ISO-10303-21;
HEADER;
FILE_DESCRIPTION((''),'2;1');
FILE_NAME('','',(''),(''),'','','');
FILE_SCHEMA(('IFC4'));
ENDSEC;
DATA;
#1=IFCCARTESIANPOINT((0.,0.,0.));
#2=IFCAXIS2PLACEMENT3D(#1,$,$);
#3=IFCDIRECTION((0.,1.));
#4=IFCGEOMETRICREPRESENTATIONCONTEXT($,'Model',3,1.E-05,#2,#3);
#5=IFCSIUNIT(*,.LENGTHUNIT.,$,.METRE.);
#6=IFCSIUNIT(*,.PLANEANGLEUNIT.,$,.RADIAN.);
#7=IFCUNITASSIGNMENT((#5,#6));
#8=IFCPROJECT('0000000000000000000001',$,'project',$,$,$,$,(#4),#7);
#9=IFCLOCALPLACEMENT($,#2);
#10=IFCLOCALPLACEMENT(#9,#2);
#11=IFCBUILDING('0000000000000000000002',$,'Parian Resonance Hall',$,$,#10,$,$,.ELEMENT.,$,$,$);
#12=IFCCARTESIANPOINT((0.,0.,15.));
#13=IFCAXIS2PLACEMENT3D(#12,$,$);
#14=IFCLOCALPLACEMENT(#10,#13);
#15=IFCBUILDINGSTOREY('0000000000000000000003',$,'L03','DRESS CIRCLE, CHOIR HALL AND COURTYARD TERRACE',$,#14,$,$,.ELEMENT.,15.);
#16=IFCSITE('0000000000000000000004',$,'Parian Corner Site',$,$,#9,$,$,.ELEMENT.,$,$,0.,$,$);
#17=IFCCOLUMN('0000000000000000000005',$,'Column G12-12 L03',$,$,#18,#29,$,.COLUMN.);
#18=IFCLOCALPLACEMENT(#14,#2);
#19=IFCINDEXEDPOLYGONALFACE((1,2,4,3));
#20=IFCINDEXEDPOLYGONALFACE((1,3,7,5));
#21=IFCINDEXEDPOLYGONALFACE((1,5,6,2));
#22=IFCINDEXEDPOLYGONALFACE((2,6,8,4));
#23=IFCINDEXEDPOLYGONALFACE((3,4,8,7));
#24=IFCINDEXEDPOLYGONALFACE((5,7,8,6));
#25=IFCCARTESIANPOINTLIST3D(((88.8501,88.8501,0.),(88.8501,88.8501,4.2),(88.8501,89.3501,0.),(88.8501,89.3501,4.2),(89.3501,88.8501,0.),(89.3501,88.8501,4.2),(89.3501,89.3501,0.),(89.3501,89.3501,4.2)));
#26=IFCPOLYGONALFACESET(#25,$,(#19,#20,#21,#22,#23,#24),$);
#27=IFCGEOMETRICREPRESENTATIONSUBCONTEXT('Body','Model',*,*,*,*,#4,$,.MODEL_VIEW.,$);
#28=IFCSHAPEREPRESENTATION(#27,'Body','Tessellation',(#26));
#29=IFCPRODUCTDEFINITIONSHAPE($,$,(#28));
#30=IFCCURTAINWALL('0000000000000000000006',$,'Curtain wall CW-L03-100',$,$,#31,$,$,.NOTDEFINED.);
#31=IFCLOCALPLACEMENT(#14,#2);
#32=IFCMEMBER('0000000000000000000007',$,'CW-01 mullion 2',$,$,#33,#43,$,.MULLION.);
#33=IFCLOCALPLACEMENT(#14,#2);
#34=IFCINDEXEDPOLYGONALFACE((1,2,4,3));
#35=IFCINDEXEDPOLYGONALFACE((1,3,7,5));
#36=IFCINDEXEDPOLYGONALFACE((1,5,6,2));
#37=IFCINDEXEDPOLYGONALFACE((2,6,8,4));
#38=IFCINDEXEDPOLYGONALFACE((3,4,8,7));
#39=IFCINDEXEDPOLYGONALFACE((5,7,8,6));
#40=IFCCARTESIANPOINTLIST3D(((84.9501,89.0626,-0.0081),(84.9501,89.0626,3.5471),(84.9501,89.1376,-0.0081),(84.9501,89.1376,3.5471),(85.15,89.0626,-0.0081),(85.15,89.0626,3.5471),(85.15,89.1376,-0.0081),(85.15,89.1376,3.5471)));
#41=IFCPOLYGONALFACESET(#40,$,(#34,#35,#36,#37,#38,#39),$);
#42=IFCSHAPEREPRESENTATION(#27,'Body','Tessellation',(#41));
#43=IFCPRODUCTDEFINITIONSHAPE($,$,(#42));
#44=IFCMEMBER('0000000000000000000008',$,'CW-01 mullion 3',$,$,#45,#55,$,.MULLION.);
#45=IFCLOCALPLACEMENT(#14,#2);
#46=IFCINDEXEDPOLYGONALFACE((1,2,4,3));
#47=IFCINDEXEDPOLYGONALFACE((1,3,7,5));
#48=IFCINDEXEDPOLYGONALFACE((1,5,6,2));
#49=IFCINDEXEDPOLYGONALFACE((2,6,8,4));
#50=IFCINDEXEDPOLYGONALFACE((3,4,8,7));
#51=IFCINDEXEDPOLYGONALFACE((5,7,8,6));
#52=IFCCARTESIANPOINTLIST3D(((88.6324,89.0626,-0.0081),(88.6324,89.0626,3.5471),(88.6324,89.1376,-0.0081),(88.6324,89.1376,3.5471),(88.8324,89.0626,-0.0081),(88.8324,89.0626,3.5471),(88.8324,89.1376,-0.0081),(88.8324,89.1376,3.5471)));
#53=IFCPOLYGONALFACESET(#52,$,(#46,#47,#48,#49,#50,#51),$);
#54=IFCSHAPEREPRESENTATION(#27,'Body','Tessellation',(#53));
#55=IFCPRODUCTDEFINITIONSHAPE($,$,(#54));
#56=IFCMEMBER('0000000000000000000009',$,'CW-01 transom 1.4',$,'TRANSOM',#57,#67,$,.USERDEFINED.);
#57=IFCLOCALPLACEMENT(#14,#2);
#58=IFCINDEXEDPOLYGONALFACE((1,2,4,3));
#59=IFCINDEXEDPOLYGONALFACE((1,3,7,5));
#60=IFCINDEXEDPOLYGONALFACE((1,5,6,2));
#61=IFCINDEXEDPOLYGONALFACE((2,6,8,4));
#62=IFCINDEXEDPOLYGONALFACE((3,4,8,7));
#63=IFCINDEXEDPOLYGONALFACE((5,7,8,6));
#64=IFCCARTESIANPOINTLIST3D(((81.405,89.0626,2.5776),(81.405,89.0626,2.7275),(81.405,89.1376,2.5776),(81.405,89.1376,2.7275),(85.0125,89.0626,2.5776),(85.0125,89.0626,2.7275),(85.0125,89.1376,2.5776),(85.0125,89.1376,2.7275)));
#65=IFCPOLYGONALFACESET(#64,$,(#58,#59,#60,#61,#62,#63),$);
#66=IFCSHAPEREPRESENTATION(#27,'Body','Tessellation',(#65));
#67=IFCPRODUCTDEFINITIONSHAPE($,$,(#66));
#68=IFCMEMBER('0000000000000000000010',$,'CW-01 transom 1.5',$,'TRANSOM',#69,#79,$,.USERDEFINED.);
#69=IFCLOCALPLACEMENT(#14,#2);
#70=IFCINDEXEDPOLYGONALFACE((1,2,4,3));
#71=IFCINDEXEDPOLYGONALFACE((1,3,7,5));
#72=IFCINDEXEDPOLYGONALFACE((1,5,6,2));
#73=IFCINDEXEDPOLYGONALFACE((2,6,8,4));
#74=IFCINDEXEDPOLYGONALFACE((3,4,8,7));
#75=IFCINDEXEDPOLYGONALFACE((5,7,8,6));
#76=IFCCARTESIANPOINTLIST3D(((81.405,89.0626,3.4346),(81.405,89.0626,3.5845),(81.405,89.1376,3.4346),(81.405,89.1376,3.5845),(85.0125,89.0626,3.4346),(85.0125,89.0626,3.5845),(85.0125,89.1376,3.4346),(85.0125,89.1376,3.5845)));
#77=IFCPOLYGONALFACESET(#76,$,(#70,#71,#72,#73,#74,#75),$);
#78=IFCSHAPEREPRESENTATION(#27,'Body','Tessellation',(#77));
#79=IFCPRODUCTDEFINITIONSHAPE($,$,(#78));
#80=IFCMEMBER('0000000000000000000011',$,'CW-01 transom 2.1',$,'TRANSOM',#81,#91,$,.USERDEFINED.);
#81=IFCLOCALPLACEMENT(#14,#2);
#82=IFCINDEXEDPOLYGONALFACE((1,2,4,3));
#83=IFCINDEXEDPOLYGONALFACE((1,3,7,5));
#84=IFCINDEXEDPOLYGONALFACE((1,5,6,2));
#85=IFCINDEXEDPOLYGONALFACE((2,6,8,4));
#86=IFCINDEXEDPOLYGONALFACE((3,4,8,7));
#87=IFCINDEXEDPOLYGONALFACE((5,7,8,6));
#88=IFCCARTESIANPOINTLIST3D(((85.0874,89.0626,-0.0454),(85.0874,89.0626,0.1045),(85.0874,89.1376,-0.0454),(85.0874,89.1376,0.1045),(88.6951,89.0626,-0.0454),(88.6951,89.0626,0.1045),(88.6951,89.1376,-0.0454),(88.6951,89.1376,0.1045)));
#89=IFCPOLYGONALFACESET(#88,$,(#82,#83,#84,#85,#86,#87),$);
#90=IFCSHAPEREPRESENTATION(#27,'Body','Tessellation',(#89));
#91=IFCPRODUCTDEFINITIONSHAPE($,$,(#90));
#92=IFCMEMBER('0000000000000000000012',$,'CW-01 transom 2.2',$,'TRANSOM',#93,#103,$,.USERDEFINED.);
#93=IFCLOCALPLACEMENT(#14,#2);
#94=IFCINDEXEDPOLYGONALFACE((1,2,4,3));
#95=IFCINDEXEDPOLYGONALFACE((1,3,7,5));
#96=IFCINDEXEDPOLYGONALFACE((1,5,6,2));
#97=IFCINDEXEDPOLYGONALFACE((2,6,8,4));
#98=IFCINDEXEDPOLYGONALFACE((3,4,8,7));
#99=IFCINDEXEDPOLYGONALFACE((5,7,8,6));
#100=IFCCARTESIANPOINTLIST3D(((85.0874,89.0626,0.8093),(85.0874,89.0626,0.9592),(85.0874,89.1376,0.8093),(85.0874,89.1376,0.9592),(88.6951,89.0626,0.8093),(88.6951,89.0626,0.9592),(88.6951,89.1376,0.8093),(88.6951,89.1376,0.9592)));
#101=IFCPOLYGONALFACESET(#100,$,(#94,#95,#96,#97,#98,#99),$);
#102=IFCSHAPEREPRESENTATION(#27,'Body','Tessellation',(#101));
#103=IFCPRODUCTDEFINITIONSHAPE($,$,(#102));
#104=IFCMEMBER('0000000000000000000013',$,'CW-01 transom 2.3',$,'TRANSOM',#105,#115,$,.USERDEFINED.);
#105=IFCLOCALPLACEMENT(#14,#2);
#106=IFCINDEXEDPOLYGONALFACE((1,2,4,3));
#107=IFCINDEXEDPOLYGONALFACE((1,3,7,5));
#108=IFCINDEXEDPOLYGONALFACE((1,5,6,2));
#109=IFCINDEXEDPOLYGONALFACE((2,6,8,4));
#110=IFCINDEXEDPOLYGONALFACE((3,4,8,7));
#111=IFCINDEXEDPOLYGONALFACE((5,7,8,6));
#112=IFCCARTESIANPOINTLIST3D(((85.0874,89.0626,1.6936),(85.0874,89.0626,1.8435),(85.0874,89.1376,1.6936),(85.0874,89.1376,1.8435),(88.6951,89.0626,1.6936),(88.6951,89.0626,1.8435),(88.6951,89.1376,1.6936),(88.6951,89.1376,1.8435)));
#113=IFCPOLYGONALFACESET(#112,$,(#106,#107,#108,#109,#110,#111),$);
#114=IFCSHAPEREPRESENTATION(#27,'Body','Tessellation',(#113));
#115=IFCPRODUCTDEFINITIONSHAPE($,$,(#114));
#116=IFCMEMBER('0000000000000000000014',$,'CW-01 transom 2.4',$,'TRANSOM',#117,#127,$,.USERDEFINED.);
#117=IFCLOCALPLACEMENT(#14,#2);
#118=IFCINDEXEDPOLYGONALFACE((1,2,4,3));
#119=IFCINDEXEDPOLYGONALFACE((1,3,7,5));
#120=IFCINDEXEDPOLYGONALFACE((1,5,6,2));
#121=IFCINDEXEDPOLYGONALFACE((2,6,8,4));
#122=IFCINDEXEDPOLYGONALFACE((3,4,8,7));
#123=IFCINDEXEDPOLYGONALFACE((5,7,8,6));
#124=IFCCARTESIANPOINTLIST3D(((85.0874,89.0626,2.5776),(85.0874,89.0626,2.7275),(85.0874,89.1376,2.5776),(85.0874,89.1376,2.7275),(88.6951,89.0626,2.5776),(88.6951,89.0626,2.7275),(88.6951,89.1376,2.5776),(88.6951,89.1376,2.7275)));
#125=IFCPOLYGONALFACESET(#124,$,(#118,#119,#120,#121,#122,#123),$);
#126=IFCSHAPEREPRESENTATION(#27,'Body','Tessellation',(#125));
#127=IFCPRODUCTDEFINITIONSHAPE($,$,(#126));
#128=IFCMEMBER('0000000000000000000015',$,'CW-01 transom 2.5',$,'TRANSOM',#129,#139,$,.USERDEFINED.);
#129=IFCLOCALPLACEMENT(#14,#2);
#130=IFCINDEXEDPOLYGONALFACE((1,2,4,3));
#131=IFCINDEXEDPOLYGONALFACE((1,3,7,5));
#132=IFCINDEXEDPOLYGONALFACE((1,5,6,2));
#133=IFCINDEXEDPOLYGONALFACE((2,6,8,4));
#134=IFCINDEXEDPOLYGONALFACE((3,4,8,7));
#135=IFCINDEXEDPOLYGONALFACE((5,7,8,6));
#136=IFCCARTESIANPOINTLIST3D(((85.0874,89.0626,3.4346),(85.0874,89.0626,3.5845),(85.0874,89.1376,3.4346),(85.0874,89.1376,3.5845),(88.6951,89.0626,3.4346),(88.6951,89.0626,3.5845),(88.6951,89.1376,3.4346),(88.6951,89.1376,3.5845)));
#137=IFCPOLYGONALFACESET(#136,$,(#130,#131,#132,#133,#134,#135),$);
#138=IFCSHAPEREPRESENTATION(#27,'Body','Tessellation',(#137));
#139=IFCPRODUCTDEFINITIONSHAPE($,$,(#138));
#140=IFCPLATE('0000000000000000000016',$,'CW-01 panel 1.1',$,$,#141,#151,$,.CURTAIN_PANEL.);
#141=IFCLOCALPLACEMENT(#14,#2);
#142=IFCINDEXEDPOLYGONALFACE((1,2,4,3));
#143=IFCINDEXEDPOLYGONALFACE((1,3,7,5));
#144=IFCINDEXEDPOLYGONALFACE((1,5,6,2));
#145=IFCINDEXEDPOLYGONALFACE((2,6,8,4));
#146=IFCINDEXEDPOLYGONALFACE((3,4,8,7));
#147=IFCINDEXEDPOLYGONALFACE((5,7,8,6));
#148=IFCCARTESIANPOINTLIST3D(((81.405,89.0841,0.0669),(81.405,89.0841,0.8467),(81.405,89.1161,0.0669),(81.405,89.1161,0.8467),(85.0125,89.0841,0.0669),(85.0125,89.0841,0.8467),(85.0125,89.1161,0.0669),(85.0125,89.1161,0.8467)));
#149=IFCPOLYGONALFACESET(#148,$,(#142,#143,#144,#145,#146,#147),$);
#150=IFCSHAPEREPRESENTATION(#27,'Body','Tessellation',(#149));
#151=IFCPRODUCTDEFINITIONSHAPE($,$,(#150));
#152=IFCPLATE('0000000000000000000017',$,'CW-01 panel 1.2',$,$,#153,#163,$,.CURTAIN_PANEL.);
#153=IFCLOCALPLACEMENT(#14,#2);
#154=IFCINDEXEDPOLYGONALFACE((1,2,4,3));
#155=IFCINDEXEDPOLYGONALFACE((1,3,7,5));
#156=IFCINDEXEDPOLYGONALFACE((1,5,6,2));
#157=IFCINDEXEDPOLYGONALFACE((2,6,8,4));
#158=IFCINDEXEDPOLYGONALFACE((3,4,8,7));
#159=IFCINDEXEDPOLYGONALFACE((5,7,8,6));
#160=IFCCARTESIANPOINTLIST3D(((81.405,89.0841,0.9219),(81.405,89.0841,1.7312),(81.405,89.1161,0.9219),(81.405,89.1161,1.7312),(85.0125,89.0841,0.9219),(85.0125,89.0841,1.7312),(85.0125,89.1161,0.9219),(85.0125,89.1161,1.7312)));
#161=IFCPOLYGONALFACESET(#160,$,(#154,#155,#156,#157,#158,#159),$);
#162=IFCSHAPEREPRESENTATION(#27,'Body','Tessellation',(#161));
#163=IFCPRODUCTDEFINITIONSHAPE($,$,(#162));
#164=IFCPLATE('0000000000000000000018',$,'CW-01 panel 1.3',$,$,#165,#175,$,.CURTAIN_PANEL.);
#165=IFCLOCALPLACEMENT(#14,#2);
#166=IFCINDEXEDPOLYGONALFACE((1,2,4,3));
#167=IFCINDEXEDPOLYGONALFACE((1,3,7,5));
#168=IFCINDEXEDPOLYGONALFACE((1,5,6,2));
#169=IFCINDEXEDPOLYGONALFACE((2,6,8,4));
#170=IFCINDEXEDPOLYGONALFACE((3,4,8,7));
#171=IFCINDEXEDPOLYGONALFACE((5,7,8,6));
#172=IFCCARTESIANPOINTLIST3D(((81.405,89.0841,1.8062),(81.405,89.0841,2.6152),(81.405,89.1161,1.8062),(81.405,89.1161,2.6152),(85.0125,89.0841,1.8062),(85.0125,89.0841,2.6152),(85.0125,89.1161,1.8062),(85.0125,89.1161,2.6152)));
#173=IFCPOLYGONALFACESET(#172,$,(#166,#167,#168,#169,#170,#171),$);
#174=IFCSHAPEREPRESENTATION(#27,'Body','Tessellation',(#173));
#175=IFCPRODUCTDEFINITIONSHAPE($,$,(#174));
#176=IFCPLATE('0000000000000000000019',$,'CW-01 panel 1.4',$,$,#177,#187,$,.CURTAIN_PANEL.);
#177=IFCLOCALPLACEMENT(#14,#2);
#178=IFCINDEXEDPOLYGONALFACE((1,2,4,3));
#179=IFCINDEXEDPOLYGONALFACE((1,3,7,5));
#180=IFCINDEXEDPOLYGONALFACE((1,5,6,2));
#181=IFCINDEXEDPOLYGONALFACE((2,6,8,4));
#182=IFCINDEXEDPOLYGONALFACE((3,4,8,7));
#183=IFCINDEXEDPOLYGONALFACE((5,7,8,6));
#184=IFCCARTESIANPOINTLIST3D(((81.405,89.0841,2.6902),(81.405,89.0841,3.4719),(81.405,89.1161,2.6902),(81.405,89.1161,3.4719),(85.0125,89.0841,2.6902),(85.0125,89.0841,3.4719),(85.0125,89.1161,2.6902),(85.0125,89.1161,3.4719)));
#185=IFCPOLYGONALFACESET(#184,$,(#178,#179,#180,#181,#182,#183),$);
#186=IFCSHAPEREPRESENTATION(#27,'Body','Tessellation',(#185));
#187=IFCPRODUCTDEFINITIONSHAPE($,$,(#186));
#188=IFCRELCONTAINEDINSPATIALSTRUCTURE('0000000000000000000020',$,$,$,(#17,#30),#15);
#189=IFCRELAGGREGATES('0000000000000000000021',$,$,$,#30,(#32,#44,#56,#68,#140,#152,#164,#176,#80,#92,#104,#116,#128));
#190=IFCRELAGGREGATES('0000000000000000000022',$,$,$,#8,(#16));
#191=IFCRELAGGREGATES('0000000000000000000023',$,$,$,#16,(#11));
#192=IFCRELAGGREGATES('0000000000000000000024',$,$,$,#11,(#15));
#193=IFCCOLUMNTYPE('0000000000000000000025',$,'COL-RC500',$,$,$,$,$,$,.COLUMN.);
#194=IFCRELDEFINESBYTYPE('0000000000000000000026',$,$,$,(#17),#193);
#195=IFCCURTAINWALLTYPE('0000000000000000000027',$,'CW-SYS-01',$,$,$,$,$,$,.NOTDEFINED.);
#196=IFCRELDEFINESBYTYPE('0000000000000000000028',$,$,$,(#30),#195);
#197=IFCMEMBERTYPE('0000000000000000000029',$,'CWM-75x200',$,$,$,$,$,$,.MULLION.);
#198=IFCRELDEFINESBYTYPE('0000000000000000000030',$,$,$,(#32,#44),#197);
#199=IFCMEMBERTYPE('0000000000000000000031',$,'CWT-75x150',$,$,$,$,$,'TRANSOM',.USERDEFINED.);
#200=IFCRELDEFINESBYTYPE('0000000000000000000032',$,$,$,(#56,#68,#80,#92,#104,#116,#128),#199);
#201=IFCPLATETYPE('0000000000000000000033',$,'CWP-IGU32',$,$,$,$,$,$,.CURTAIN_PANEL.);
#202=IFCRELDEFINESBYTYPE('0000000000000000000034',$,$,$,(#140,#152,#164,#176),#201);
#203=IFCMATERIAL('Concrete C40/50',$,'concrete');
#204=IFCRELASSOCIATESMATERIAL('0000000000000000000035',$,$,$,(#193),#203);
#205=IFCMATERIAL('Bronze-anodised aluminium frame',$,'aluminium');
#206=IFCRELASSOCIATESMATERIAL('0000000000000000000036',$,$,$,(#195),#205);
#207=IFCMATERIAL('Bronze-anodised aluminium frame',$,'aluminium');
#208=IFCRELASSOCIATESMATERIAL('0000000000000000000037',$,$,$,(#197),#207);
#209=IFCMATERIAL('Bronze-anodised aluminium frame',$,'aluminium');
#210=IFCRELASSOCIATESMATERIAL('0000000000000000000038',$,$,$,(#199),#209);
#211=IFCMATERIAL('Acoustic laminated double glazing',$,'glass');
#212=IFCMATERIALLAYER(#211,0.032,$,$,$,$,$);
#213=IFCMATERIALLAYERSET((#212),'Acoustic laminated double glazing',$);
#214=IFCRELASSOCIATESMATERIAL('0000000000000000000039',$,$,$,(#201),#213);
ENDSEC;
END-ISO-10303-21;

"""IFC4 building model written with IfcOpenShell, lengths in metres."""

from ifc_helpers import new_model, si_unit, direction, frame, origin, origin_2d, place, context, subcontext, project, spatial, rectangle, extrude, material, layer, layer_set, material_profile, profile_set, type_object, element, aggregate, save


model = new_model("IFC4")

# Units and contexts
model_context = context("Model", 3, precision=1e-05, world=origin(), true_north=direction((0.0, 1.0)))
body_context = subcontext(model_context, "Body", "Model", "MODEL_VIEW")
ifc_project = project(units=[si_unit("LENGTHUNIT", "METRE"), si_unit("PLANEANGLEUNIT", "RADIAN")], contexts=[model_context])

# Site, building, storey
site_placement = place(None, origin())
site = spatial("IfcSite", under=ifc_project, at=site_placement, Name="Parian Corner Site", CompositionType="ELEMENT", RefElevation=0.0)
building_placement = place(site_placement, origin())
building = spatial("IfcBuilding", under=site, at=building_placement, Name="Parian Resonance Hall", CompositionType="ELEMENT")
storey_placement = place(building_placement, frame((0.0, 0.0, 15.0)))
storey = spatial("IfcBuildingStorey", under=building, at=storey_placement, Name="L03", Description="DRESS CIRCLE, CHOIR HALL AND COURTYARD TERRACE", CompositionType="ELEMENT", Elevation=15.0)

# Column
ifc_material_1 = material(Name="Concrete C40/50", Category="concrete")
ifc_material_profile_1 = material_profile(ifc_material_1, rectangle(XDim=0.5, YDim=0.5, at=origin_2d()), Name="RC-COL-500x500")
ifc_profile_set_1 = profile_set([ifc_material_profile_1], Name="Concrete C40/50")
column_type = type_object("IfcColumnType", Name="COL-RC500", PredefinedType="COLUMN", material=ifc_profile_set_1)
column_placement = place(storey_placement, frame((89.1001, 89.1001, 0.0), z_axis=(0.0, 0.0, 1.0), x_axis=(1.0, 0.0, 0.0)))
element("IfcColumn", 1, at=column_placement, inside=storey, type_object=column_type, Name="Column G12-12 L03", PredefinedType="COLUMN", context=body_context, shape_type="SweptSolid", body=[
    extrude(rectangle(XDim=0.5, YDim=0.5, at=origin_2d()), origin(), (0.0, 0.0, 1.0), 4.2),
])

# Curtain wall, members, plates
ifc_material_2 = material(Name="Bronze-anodised aluminium frame", Category="aluminium")
curtain_wall_type = type_object("IfcCurtainWallType", Name="CW-SYS-01", PredefinedType="NOTDEFINED", material=ifc_material_2)
curtain_wall_placement = place(storey_placement, origin())
curtain_wall = element("IfcCurtainWall", 2, at=curtain_wall_placement, inside=storey, type_object=curtain_wall_type, Name="Curtain wall CW-L03-100", PredefinedType="NOTDEFINED")
ifc_material_3 = material(Name="Bronze-anodised aluminium frame", Category="aluminium")
ifc_material_profile_2 = material_profile(ifc_material_3, rectangle(XDim=0.075, YDim=0.2, at=origin_2d()), Name="CWM-75x200")
ifc_profile_set_2 = profile_set([ifc_material_profile_2], Name="Bronze-anodised aluminium frame")
member_type_1 = type_object("IfcMemberType", Name="CWM-75x200", PredefinedType="MULLION", material=ifc_profile_set_2)
member_1_placement = place(storey_placement, frame((85.05, 89.1001, -0.0081), z_axis=(0.0, 0.0, 1.0), x_axis=(0.0, 1.0, 0.0)))
member_1 = element("IfcMember", 3, at=member_1_placement, type_object=member_type_1, Name="CW-01 mullion 2", PredefinedType="MULLION", context=body_context, shape_type="SweptSolid", body=[
    extrude(rectangle(XDim=0.075, YDim=0.2, at=origin_2d()), origin(), (0.0, 0.0, 1.0), 3.5552),
])
member_2_placement = place(storey_placement, frame((88.7324, 89.1001, -0.0081), z_axis=(0.0, 0.0, 1.0), x_axis=(0.0, 1.0, 0.0)))
member_2 = element("IfcMember", 4, at=member_2_placement, type_object=member_type_1, Name="CW-01 mullion 3", PredefinedType="MULLION", context=body_context, shape_type="SweptSolid", body=[
    extrude(rectangle(XDim=0.075, YDim=0.2, at=origin_2d()), origin(), (0.0, 0.0, 1.0), 3.5552),
])
ifc_material_4 = material(Name="Bronze-anodised aluminium frame", Category="aluminium")
ifc_material_profile_3 = material_profile(ifc_material_4, rectangle(XDim=0.075, YDim=0.1499, at=origin_2d()), Name="CWT-75x150")
ifc_profile_set_3 = profile_set([ifc_material_profile_3], Name="Bronze-anodised aluminium frame")
member_type_2 = type_object("IfcMemberType", Name="CWT-75x150", ElementType="TRANSOM", PredefinedType="USERDEFINED", material=ifc_profile_set_3)
member_3_placement = place(storey_placement, frame((81.405, 89.1001, 2.6526), z_axis=(1.0, 0.0, 0.0), x_axis=(0.0, 1.0, 0.0)))
member_3 = element("IfcMember", 5, at=member_3_placement, type_object=member_type_2, Name="CW-01 transom 1.4", ObjectType="TRANSOM", PredefinedType="USERDEFINED", context=body_context, shape_type="SweptSolid", body=[
    extrude(rectangle(XDim=0.075, YDim=0.1499, at=origin_2d()), origin(), (0.0, 0.0, 1.0), 3.6074),
])
member_4_placement = place(storey_placement, frame((81.405, 89.1001, 3.5095), z_axis=(1.0, 0.0, 0.0), x_axis=(0.0, 1.0, 0.0)))
member_4 = element("IfcMember", 6, at=member_4_placement, type_object=member_type_2, Name="CW-01 transom 1.5", ObjectType="TRANSOM", PredefinedType="USERDEFINED", context=body_context, shape_type="SweptSolid", body=[
    extrude(rectangle(XDim=0.075, YDim=0.1499, at=origin_2d()), origin(), (0.0, 0.0, 1.0), 3.6074),
])
member_5_placement = place(storey_placement, frame((85.0874, 89.1001, 0.0295), z_axis=(1.0, 0.0, 0.0), x_axis=(0.0, 1.0, 0.0)))
member_5 = element("IfcMember", 7, at=member_5_placement, type_object=member_type_2, Name="CW-01 transom 2.1", ObjectType="TRANSOM", PredefinedType="USERDEFINED", context=body_context, shape_type="SweptSolid", body=[
    extrude(rectangle(XDim=0.075, YDim=0.1499, at=origin_2d()), origin(), (0.0, 0.0, 1.0), 3.6077),
])
member_6_placement = place(storey_placement, frame((85.0874, 89.1001, 0.8843), z_axis=(1.0, 0.0, 0.0), x_axis=(0.0, 1.0, 0.0)))
member_6 = element("IfcMember", 8, at=member_6_placement, type_object=member_type_2, Name="CW-01 transom 2.2", ObjectType="TRANSOM", PredefinedType="USERDEFINED", context=body_context, shape_type="SweptSolid", body=[
    extrude(rectangle(XDim=0.075, YDim=0.1499, at=origin_2d()), origin(), (0.0, 0.0, 1.0), 3.6077),
])
member_7_placement = place(storey_placement, frame((85.0874, 89.1001, 1.7686), z_axis=(1.0, 0.0, 0.0), x_axis=(0.0, 1.0, 0.0)))
member_7 = element("IfcMember", 9, at=member_7_placement, type_object=member_type_2, Name="CW-01 transom 2.3", ObjectType="TRANSOM", PredefinedType="USERDEFINED", context=body_context, shape_type="SweptSolid", body=[
    extrude(rectangle(XDim=0.075, YDim=0.1499, at=origin_2d()), origin(), (0.0, 0.0, 1.0), 3.6077),
])
member_8_placement = place(storey_placement, frame((85.0874, 89.1001, 2.6526), z_axis=(1.0, 0.0, 0.0), x_axis=(0.0, 1.0, 0.0)))
member_8 = element("IfcMember", 10, at=member_8_placement, type_object=member_type_2, Name="CW-01 transom 2.4", ObjectType="TRANSOM", PredefinedType="USERDEFINED", context=body_context, shape_type="SweptSolid", body=[
    extrude(rectangle(XDim=0.075, YDim=0.1499, at=origin_2d()), origin(), (0.0, 0.0, 1.0), 3.6077),
])
member_9_placement = place(storey_placement, frame((85.0874, 89.1001, 3.5095), z_axis=(1.0, 0.0, 0.0), x_axis=(0.0, 1.0, 0.0)))
member_9 = element("IfcMember", 11, at=member_9_placement, type_object=member_type_2, Name="CW-01 transom 2.5", ObjectType="TRANSOM", PredefinedType="USERDEFINED", context=body_context, shape_type="SweptSolid", body=[
    extrude(rectangle(XDim=0.075, YDim=0.1499, at=origin_2d()), origin(), (0.0, 0.0, 1.0), 3.6077),
])
ifc_material_5 = material(Name="Acoustic laminated double glazing", Category="glass")
ifc_layer_1 = layer(ifc_material_5, 0.032)
ifc_layer_set_1 = layer_set([ifc_layer_1], Name="Acoustic laminated double glazing")
plate_type = type_object("IfcPlateType", Name="CWP-IGU32", PredefinedType="CURTAIN_PANEL", material=ifc_layer_set_1)
plate_1_placement = place(storey_placement, frame((83.2087, 89.1001, 0.0669), z_axis=(0.0, 0.0, 1.0), x_axis=(1.0, 0.0, 0.0)))
plate_1 = element("IfcPlate", 12, at=plate_1_placement, type_object=plate_type, Name="CW-01 panel 1.1", PredefinedType="CURTAIN_PANEL", context=body_context, shape_type="SweptSolid", body=[
    extrude(rectangle(XDim=3.6074, YDim=0.032, at=origin_2d()), origin(), (0.0, 0.0, 1.0), 0.7798),
])
plate_2_placement = place(storey_placement, frame((83.2087, 89.1001, 0.9219), z_axis=(0.0, 0.0, 1.0), x_axis=(1.0, 0.0, 0.0)))
plate_2 = element("IfcPlate", 13, at=plate_2_placement, type_object=plate_type, Name="CW-01 panel 1.2", PredefinedType="CURTAIN_PANEL", context=body_context, shape_type="SweptSolid", body=[
    extrude(rectangle(XDim=3.6074, YDim=0.032, at=origin_2d()), origin(), (0.0, 0.0, 1.0), 0.8093),
])
plate_3_placement = place(storey_placement, frame((83.2087, 89.1001, 1.8062), z_axis=(0.0, 0.0, 1.0), x_axis=(1.0, 0.0, 0.0)))
plate_3 = element("IfcPlate", 14, at=plate_3_placement, type_object=plate_type, Name="CW-01 panel 1.3", PredefinedType="CURTAIN_PANEL", context=body_context, shape_type="SweptSolid", body=[
    extrude(rectangle(XDim=3.6074, YDim=0.032, at=origin_2d()), origin(), (0.0, 0.0, 1.0), 0.8091),
])
plate_4_placement = place(storey_placement, frame((83.2087, 89.1001, 2.6902), z_axis=(0.0, 0.0, 1.0), x_axis=(1.0, 0.0, 0.0)))
plate_4 = element("IfcPlate", 15, at=plate_4_placement, type_object=plate_type, Name="CW-01 panel 1.4", PredefinedType="CURTAIN_PANEL", context=body_context, shape_type="SweptSolid", body=[
    extrude(rectangle(XDim=3.6074, YDim=0.032, at=origin_2d()), origin(), (0.0, 0.0, 1.0), 0.7817),
])
aggregate(curtain_wall, [member_1, member_2, member_3, member_4, plate_1, plate_2, plate_3, plate_4, member_5, member_6, member_7, member_8, member_9])

save(model, "model.ifc")
